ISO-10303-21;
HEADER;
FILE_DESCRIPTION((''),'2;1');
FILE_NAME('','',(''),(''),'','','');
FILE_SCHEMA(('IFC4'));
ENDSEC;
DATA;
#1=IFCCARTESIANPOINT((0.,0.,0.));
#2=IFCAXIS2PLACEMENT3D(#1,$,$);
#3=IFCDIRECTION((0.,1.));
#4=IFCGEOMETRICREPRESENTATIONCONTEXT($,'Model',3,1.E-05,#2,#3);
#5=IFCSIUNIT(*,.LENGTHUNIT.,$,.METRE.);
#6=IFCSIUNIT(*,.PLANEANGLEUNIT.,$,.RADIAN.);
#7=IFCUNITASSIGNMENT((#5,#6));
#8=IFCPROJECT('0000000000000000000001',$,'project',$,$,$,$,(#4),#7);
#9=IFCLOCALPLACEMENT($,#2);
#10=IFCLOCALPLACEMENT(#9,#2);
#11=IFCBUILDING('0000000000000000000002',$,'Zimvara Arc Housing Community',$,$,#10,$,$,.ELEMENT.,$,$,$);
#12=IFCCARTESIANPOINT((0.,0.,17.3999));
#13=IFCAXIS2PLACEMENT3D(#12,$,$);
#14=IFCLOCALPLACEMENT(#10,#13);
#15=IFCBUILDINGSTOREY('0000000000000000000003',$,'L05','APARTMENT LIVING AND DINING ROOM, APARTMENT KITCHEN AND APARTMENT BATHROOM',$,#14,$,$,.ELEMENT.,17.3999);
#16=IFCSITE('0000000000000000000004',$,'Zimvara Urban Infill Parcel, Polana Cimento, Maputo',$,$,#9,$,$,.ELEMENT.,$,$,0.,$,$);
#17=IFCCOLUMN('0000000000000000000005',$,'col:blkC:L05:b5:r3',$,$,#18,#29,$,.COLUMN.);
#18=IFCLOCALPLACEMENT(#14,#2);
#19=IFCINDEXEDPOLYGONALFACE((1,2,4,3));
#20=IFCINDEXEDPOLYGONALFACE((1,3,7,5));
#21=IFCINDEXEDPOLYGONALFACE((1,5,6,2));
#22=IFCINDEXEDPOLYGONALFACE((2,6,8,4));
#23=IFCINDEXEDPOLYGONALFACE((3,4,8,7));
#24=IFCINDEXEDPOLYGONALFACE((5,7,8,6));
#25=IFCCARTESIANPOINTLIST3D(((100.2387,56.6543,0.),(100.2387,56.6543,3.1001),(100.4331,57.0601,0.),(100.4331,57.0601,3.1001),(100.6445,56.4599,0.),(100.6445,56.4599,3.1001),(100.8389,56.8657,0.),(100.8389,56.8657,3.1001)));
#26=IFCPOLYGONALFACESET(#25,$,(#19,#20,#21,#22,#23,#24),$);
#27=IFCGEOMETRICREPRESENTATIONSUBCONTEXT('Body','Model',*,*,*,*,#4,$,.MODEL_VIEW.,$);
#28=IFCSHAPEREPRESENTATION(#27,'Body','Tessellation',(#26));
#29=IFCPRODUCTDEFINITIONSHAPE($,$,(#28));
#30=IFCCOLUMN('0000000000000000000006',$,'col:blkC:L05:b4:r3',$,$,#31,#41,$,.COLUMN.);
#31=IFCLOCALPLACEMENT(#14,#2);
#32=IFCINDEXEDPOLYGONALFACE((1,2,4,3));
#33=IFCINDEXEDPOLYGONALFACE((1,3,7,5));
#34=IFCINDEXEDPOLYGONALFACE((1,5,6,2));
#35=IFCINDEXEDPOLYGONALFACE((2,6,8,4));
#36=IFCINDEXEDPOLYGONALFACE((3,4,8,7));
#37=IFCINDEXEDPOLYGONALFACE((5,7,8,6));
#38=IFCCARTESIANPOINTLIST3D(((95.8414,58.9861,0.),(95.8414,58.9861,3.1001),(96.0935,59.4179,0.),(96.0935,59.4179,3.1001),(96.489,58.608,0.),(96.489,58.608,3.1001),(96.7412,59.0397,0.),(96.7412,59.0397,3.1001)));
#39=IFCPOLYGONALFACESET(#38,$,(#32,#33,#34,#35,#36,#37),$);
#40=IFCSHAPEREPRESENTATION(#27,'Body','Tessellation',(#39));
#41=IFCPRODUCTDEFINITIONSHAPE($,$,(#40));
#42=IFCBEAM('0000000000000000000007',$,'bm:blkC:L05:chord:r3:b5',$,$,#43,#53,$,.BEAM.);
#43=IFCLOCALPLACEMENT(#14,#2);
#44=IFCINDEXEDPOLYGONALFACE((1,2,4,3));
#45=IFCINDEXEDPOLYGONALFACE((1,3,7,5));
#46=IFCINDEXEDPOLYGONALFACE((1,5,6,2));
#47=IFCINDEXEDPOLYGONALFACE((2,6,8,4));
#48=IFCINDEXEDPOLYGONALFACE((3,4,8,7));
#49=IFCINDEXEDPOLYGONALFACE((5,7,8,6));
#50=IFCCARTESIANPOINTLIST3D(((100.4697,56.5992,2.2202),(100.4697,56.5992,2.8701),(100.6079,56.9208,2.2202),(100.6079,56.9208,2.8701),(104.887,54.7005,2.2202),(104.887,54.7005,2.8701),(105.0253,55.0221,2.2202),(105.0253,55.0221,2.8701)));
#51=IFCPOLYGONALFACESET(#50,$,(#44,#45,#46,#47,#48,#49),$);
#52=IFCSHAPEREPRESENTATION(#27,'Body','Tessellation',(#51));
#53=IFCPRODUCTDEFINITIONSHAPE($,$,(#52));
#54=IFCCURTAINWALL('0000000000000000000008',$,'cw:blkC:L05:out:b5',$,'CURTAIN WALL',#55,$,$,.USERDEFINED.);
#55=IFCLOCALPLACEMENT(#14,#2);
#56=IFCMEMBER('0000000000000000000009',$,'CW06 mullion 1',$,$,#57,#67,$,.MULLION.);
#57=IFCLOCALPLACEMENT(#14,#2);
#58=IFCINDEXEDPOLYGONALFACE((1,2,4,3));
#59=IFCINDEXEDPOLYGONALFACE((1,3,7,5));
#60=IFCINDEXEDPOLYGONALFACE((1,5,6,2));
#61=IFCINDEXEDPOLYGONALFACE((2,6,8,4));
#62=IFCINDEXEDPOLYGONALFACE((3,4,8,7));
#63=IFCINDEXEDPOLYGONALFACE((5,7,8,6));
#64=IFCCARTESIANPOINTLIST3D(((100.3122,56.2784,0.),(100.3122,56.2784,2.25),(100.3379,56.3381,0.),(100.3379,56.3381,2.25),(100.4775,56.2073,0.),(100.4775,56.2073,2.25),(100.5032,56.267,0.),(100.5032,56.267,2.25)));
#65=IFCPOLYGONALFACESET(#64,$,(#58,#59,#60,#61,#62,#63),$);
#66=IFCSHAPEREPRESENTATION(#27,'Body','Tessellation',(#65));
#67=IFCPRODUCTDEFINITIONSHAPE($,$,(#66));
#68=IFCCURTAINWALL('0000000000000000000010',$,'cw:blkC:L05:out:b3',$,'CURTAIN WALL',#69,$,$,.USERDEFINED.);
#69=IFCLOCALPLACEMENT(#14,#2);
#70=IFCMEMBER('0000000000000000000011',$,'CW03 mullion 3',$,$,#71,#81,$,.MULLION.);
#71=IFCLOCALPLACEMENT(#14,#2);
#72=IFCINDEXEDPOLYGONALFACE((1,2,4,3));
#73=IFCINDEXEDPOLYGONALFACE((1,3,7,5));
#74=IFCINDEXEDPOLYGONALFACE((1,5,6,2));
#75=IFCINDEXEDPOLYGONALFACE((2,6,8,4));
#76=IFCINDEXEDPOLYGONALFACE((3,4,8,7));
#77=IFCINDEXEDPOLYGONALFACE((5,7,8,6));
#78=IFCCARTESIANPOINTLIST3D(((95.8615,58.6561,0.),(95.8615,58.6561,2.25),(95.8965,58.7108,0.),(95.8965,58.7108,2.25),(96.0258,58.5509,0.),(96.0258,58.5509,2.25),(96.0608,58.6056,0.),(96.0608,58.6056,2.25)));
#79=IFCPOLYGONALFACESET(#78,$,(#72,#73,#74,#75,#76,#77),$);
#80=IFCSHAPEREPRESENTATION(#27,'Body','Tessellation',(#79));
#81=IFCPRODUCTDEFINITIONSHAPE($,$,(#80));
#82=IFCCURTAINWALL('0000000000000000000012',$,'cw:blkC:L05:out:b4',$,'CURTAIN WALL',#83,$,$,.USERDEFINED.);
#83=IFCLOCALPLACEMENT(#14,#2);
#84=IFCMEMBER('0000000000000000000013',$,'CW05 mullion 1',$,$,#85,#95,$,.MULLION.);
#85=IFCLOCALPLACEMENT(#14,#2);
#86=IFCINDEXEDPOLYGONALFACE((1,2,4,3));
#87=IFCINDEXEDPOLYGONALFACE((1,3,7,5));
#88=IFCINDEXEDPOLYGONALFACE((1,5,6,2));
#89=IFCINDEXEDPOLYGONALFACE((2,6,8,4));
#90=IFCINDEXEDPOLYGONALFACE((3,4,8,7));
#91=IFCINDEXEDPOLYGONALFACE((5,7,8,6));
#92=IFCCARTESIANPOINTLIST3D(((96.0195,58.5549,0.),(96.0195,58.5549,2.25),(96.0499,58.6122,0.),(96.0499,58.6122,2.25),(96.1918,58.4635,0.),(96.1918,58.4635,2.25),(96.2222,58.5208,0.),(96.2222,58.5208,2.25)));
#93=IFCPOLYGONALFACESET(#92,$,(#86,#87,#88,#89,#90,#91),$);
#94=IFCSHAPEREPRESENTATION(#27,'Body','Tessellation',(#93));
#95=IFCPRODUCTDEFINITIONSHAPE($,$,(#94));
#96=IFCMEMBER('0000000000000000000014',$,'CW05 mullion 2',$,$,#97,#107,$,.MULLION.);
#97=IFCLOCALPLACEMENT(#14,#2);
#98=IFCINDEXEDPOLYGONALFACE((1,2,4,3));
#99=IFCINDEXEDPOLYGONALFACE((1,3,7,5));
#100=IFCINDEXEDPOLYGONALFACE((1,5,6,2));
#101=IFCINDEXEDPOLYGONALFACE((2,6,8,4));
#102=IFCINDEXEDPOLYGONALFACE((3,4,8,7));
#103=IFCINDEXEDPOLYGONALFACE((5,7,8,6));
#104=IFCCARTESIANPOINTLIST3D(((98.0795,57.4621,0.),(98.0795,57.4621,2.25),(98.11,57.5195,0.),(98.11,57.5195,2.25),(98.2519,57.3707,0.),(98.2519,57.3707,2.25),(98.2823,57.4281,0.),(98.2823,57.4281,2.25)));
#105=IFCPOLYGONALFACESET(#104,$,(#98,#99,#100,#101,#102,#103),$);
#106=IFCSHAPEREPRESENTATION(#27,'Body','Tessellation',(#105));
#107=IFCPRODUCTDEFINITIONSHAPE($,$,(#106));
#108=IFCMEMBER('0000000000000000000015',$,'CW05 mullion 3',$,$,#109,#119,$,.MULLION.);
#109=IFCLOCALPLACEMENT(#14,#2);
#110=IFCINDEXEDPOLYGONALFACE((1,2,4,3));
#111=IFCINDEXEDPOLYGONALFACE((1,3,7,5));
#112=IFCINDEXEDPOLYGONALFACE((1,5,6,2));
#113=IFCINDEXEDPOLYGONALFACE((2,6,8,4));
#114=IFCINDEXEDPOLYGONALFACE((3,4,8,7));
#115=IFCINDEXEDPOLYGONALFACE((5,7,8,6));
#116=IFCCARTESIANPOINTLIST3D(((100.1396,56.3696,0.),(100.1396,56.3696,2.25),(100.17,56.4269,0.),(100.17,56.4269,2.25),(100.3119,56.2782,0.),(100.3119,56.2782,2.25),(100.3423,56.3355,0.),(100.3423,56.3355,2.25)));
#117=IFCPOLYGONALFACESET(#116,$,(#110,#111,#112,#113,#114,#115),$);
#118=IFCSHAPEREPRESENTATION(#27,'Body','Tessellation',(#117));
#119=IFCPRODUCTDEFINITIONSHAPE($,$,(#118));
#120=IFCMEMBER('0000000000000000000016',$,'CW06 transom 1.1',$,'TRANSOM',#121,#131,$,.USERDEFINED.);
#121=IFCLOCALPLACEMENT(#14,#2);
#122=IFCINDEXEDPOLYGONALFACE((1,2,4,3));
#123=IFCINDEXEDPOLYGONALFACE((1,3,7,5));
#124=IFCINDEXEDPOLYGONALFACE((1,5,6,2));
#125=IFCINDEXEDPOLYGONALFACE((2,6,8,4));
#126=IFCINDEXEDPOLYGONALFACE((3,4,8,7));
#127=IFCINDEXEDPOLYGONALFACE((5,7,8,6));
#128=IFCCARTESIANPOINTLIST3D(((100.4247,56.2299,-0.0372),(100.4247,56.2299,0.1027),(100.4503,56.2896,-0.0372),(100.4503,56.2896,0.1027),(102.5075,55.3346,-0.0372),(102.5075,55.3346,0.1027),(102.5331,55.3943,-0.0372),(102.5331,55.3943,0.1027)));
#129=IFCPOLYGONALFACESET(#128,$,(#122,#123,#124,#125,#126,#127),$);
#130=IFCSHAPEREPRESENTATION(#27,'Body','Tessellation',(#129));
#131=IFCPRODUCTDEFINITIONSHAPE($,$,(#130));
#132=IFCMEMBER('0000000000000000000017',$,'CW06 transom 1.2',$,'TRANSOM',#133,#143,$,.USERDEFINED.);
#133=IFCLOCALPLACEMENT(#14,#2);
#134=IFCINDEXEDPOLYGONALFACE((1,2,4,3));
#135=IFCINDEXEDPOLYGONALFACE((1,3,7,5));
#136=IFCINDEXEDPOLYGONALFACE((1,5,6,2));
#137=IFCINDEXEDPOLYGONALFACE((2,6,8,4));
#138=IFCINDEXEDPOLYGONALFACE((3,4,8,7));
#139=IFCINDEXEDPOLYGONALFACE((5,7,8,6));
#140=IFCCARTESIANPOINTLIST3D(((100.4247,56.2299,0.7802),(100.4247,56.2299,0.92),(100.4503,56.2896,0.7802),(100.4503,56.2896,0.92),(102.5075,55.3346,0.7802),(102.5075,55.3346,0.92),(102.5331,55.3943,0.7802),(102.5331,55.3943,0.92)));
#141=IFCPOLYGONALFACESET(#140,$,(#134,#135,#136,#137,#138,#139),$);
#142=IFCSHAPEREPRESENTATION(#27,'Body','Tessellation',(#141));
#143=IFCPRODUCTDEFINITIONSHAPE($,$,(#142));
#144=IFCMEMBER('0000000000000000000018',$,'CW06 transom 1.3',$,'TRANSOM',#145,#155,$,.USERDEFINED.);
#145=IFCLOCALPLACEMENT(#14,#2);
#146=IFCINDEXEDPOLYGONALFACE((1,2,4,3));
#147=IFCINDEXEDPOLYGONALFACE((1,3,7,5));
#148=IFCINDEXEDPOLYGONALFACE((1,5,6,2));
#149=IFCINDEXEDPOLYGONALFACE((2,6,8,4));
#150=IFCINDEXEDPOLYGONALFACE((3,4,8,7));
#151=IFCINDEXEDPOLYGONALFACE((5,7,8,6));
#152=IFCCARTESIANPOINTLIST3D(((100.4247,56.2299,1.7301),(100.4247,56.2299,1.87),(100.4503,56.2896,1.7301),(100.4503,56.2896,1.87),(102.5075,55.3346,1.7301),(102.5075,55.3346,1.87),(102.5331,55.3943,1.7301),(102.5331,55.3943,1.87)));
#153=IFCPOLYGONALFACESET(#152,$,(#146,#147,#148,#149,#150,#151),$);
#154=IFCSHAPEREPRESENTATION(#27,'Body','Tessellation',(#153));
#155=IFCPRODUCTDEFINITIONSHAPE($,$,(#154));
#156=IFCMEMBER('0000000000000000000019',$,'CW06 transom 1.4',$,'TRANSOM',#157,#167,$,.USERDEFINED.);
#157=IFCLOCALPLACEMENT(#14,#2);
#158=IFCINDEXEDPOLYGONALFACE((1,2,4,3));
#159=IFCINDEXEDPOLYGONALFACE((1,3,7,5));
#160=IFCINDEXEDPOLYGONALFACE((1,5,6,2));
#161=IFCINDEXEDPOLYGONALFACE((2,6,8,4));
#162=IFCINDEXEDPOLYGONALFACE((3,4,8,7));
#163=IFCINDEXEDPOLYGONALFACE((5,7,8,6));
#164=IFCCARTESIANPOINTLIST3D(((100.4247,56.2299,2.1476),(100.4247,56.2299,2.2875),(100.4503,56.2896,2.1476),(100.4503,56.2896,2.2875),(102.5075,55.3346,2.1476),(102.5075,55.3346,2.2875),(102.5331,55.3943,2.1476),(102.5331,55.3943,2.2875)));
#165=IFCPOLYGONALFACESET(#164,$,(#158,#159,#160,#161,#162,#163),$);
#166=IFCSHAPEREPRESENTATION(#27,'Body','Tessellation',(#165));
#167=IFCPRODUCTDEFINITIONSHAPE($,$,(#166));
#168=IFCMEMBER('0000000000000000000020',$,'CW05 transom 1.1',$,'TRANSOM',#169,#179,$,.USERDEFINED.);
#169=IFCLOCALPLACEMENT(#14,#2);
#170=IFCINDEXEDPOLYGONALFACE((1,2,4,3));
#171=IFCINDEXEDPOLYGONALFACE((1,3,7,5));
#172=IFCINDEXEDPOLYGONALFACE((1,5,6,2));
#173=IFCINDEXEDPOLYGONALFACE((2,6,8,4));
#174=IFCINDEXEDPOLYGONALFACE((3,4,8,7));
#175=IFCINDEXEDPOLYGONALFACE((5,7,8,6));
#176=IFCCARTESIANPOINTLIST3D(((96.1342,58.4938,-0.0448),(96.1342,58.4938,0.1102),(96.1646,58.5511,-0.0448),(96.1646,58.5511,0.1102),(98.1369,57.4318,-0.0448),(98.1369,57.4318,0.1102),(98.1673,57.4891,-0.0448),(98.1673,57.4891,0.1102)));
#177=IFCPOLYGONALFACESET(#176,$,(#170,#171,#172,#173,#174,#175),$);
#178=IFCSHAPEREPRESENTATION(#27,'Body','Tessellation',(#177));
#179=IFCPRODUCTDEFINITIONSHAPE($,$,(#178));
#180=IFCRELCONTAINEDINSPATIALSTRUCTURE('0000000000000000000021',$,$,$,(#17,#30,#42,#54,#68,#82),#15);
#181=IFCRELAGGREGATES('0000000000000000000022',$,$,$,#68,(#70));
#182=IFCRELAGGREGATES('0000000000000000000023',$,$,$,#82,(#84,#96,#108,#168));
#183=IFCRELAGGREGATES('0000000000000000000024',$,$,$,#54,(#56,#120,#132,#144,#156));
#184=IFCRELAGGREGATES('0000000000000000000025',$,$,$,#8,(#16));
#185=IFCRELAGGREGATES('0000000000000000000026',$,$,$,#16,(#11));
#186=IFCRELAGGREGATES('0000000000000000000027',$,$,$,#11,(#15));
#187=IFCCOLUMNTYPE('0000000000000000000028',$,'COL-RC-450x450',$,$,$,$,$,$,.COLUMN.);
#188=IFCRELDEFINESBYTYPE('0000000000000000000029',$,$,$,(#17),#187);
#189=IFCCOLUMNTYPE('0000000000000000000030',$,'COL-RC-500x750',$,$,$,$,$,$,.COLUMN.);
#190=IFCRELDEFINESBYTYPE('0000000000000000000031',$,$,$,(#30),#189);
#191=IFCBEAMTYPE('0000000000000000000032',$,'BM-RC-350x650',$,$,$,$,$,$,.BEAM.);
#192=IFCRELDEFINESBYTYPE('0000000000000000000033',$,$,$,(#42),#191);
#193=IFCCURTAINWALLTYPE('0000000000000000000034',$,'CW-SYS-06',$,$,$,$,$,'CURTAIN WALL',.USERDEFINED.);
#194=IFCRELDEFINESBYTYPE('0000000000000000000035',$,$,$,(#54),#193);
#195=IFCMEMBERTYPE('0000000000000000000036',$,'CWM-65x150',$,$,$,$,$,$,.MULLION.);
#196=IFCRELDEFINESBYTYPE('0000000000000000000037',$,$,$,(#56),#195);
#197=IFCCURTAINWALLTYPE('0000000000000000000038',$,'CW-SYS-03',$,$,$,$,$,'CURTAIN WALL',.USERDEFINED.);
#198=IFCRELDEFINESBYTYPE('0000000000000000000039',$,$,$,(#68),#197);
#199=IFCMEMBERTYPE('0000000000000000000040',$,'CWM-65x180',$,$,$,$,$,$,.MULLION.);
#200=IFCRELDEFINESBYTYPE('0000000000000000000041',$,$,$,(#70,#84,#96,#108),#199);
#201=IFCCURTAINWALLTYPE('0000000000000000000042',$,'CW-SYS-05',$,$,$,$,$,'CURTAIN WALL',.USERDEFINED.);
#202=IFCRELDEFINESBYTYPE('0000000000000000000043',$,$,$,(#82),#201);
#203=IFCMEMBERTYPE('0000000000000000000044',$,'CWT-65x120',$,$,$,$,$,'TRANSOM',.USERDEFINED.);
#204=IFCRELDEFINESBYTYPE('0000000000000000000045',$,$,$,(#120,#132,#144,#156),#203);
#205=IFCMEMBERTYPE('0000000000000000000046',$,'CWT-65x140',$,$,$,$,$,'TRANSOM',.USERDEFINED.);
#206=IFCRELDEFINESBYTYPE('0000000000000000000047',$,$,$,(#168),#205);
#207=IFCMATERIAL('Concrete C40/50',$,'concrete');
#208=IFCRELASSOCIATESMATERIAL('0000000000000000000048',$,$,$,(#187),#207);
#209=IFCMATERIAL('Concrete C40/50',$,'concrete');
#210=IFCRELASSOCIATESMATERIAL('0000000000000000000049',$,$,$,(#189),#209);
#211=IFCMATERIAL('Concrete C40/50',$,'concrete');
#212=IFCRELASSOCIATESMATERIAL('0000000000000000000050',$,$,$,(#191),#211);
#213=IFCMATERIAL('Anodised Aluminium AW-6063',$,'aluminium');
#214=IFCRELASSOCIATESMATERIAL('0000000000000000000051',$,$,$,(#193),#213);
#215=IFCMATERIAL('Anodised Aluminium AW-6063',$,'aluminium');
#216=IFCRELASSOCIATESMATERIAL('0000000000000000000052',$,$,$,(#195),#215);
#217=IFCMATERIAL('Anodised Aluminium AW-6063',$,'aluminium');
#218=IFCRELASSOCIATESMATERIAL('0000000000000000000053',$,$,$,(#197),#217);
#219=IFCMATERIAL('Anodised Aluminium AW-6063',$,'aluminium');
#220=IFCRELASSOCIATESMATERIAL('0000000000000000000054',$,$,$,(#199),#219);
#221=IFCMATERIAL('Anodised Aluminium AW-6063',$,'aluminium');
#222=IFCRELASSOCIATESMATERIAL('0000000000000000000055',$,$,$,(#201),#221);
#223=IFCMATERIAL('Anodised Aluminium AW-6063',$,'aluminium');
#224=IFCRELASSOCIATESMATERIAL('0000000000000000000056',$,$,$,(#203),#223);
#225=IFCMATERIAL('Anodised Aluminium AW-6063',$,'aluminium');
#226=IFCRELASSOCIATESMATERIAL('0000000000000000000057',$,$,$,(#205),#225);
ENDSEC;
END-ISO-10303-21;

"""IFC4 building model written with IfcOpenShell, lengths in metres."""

from ifc_helpers import new_model, si_unit, direction, frame, origin, origin_2d, place, context, subcontext, project, spatial, rectangle, extrude, material, material_profile, profile_set, type_object, element, aggregate, save


model = new_model("IFC4")

# Units and contexts
model_context = context("Model", 3, precision=1e-05, world=origin(), true_north=direction((0.0, 1.0)))
body_context = subcontext(model_context, "Body", "Model", "MODEL_VIEW")
ifc_project = project(units=[si_unit("LENGTHUNIT", "METRE"), si_unit("PLANEANGLEUNIT", "RADIAN")], contexts=[model_context])

# Site, building, storey
site_placement = place(None, origin())
site = spatial("IfcSite", under=ifc_project, at=site_placement, Name="Zimvara Urban Infill Parcel, Polana Cimento, Maputo", CompositionType="ELEMENT", RefElevation=0.0)
building_placement = place(site_placement, origin())
building = spatial("IfcBuilding", under=site, at=building_placement, Name="Zimvara Arc Housing Community", CompositionType="ELEMENT")
storey_placement = place(building_placement, frame((0.0, 0.0, 17.3999)))
storey = spatial("IfcBuildingStorey", under=building, at=storey_placement, Name="L05", Description="APARTMENT LIVING AND DINING ROOM, APARTMENT KITCHEN AND APARTMENT BATHROOM", CompositionType="ELEMENT", Elevation=17.3999)

# Columns
ifc_material_1 = material(Name="Concrete C40/50", Category="concrete")
ifc_material_profile_1 = material_profile(ifc_material_1, rectangle(XDim=0.45, YDim=0.45, at=origin_2d()), Name="RC 450x450")
ifc_profile_set_1 = profile_set([ifc_material_profile_1], Name="Concrete C40/50")
column_type_1 = type_object("IfcColumnType", Name="COL-RC-450x450", PredefinedType="COLUMN", material=ifc_profile_set_1)
column_1_placement = place(storey_placement, frame((100.5388, 56.76, 0.0), z_axis=(0.0, 0.0, 1.0), x_axis=(-0.432086, -0.901833, 0.0)))
element("IfcColumn", 1, at=column_1_placement, inside=storey, type_object=column_type_1, Name="col:blkC:L05:b5:r3", PredefinedType="COLUMN", context=body_context, shape_type="SweptSolid", body=[
    extrude(rectangle(XDim=0.45, YDim=0.45, at=origin_2d()), origin(), (0.0, 0.0, 1.0), 3.1001),
])
ifc_material_2 = material(Name="Concrete C40/50", Category="concrete")
ifc_material_profile_2 = material_profile(ifc_material_2, rectangle(XDim=0.5, YDim=0.75, at=origin_2d()), Name="RC 500x750")
ifc_profile_set_2 = profile_set([ifc_material_profile_2], Name="Concrete C40/50")
column_type_2 = type_object("IfcColumnType", Name="COL-RC-500x750", PredefinedType="COLUMN", material=ifc_profile_set_2)
column_2_placement = place(storey_placement, frame((96.2913, 59.0129, 0.0), z_axis=(0.0, 0.0, 1.0), x_axis=(-0.504226, -0.863572, 0.0)))
element("IfcColumn", 2, at=column_2_placement, inside=storey, type_object=column_type_2, Name="col:blkC:L05:b4:r3", PredefinedType="COLUMN", context=body_context, shape_type="SweptSolid", body=[
    extrude(rectangle(XDim=0.5, YDim=0.75, at=origin_2d()), origin(), (0.0, 0.0, 1.0), 3.1001),
])

# Beam
ifc_material_3 = material(Name="Concrete C40/50", Category="concrete")
ifc_material_profile_3 = material_profile(ifc_material_3, rectangle(XDim=0.3501, YDim=0.6499, at=origin_2d()), Name="RC 350x650")
ifc_profile_set_3 = profile_set([ifc_material_profile_3], Name="Concrete C40/50")
beam_type = type_object("IfcBeamType", Name="BM-RC-350x650", PredefinedType="BEAM", material=ifc_profile_set_3)
beam_placement = place(storey_placement, frame((100.5388, 56.76, 2.5452), z_axis=(0.918724, -0.3949, 0.0), x_axis=(0.3949, 0.918724, 0.0)))
element("IfcBeam", 3, at=beam_placement, inside=storey, type_object=beam_type, Name="bm:blkC:L05:chord:r3:b5", PredefinedType="BEAM", context=body_context, shape_type="SweptSolid", body=[
    extrude(rectangle(XDim=0.3501, YDim=0.6499, at=origin_2d()), origin(), (0.0, 0.0, 1.0), 4.8081),
])

# Curtain walls, members
ifc_material_4 = material(Name="Anodised Aluminium AW-6063", Category="aluminium")
curtain_wall_type_1 = type_object("IfcCurtainWallType", Name="CW-SYS-06", ElementType="CURTAIN WALL", PredefinedType="USERDEFINED", material=ifc_material_4)
curtain_wall_1_placement = place(storey_placement, origin())
curtain_wall_1 = element("IfcCurtainWall", 4, at=curtain_wall_1_placement, inside=storey, type_object=curtain_wall_type_1, Name="cw:blkC:L05:out:b5", ObjectType="CURTAIN WALL", PredefinedType="USERDEFINED")
ifc_material_5 = material(Name="Anodised Aluminium AW-6063", Category="aluminium")
ifc_material_profile_4 = material_profile(ifc_material_5, rectangle(XDim=0.0649, YDim=0.1799, at=origin_2d()), Name="ALU 65x180")
ifc_profile_set_4 = profile_set([ifc_material_profile_4], Name="Anodised Aluminium AW-6063")
member_type_1 = type_object("IfcMemberType", Name="CWM-65x150", PredefinedType="MULLION", material=ifc_profile_set_4)
member_1_placement = place(storey_placement, frame((100.4077, 56.2727, 0.0), z_axis=(0.0, 0.0, 1.0), x_axis=(0.394904, 0.918722, 0.0)))
member_1 = element("IfcMember", 5, at=member_1_placement, type_object=member_type_1, Name="CW06 mullion 1", PredefinedType="MULLION", context=body_context, shape_type="SweptSolid", body=[
    extrude(rectangle(XDim=0.0649, YDim=0.1799, at=origin_2d()), origin(), (0.0, 0.0, 1.0), 2.25),
])
ifc_material_6 = material(Name="Anodised Aluminium AW-6063", Category="aluminium")
curtain_wall_type_2 = type_object("IfcCurtainWallType", Name="CW-SYS-03", ElementType="CURTAIN WALL", PredefinedType="USERDEFINED", material=ifc_material_6)
curtain_wall_2_placement = place(storey_placement, origin())
curtain_wall_2 = element("IfcCurtainWall", 6, at=curtain_wall_2_placement, inside=storey, type_object=curtain_wall_type_2, Name="cw:blkC:L05:out:b3", ObjectType="CURTAIN WALL", PredefinedType="USERDEFINED")
ifc_material_7 = material(Name="Anodised Aluminium AW-6063", Category="aluminium")
ifc_material_profile_5 = material_profile(ifc_material_7, rectangle(XDim=0.0649, YDim=0.1951, at=origin_2d()), Name="ALU 65x195")
ifc_profile_set_5 = profile_set([ifc_material_profile_5], Name="Anodised Aluminium AW-6063")
member_type_2 = type_object("IfcMemberType", Name="CWM-65x180", PredefinedType="MULLION", material=ifc_profile_set_5)
member_2_placement = place(storey_placement, frame((95.9612, 58.6309, 0.0), z_axis=(0.0, 0.0, 1.0), x_axis=(0.539065, 0.842264, 0.0)))
member_2 = element("IfcMember", 7, at=member_2_placement, type_object=member_type_2, Name="CW03 mullion 3", PredefinedType="MULLION", context=body_context, shape_type="SweptSolid", body=[
    extrude(rectangle(XDim=0.0649, YDim=0.1951, at=origin_2d()), origin(), (0.0, 0.0, 1.0), 2.25),
])
aggregate(curtain_wall_2, [member_2])

# Curtain wall, members
ifc_material_8 = material(Name="Anodised Aluminium AW-6063", Category="aluminium")
curtain_wall_type_3 = type_object("IfcCurtainWallType", Name="CW-SYS-05", ElementType="CURTAIN WALL", PredefinedType="USERDEFINED", material=ifc_material_8)
curtain_wall_3_placement = place(storey_placement, origin())
curtain_wall_3 = element("IfcCurtainWall", 8, at=curtain_wall_3_placement, inside=storey, type_object=curtain_wall_type_3, Name="cw:blkC:L05:out:b4", ObjectType="CURTAIN WALL", PredefinedType="USERDEFINED")
member_3_placement = place(storey_placement, frame((96.1208, 58.5378, 0.0), z_axis=(0.0, 0.0, 1.0), x_axis=(0.468547, 0.883439, 0.0)))
member_3 = element("IfcMember", 9, at=member_3_placement, type_object=member_type_2, Name="CW05 mullion 1", PredefinedType="MULLION", context=body_context, shape_type="SweptSolid", body=[
    extrude(rectangle(XDim=0.0649, YDim=0.1951, at=origin_2d()), origin(), (0.0, 0.0, 1.0), 2.25),
])
member_4_placement = place(storey_placement, frame((98.1809, 57.4451, 0.0), z_axis=(0.0, 0.0, 1.0), x_axis=(0.468547, 0.883439, 0.0)))
member_4 = element("IfcMember", 10, at=member_4_placement, type_object=member_type_2, Name="CW05 mullion 2", PredefinedType="MULLION", context=body_context, shape_type="SweptSolid", body=[
    extrude(rectangle(XDim=0.0649, YDim=0.1951, at=origin_2d()), origin(), (0.0, 0.0, 1.0), 2.25),
])
member_5_placement = place(storey_placement, frame((100.241, 56.3525, 0.0), z_axis=(0.0, 0.0, 1.0), x_axis=(0.468547, 0.883439, 0.0)))
member_5 = element("IfcMember", 11, at=member_5_placement, type_object=member_type_2, Name="CW05 mullion 3", PredefinedType="MULLION", context=body_context, shape_type="SweptSolid", body=[
    extrude(rectangle(XDim=0.0649, YDim=0.1951, at=origin_2d()), origin(), (0.0, 0.0, 1.0), 2.25),
])

# Members
ifc_material_9 = material(Name="Anodised Aluminium AW-6063", Category="aluminium")
ifc_material_profile_6 = material_profile(ifc_material_9, rectangle(XDim=0.0649, YDim=0.1399, at=origin_2d()), Name="ALU 65x140")
ifc_profile_set_6 = profile_set([ifc_material_profile_6], Name="Anodised Aluminium AW-6063")
member_type_3 = type_object("IfcMemberType", Name="CWT-65x120", ElementType="TRANSOM", PredefinedType="USERDEFINED", material=ifc_profile_set_6)
member_6_placement = place(storey_placement, frame((100.4375, 56.2598, 0.0327), z_axis=(0.918721, -0.394907, 0.0), x_axis=(0.394907, 0.918721, 0.0)))
member_6 = element("IfcMember", 12, at=member_6_placement, type_object=member_type_3, Name="CW06 transom 1.1", ObjectType="TRANSOM", PredefinedType="USERDEFINED", context=body_context, shape_type="SweptSolid", body=[
    extrude(rectangle(XDim=0.0649, YDim=0.1399, at=origin_2d()), origin(), (0.0, 0.0, 1.0), 2.2671),
])
member_7_placement = place(storey_placement, frame((100.4375, 56.2598, 0.8501), z_axis=(0.918721, -0.394907, 0.0), x_axis=(0.394907, 0.918721, 0.0)))
member_7 = element("IfcMember", 13, at=member_7_placement, type_object=member_type_3, Name="CW06 transom 1.2", ObjectType="TRANSOM", PredefinedType="USERDEFINED", context=body_context, shape_type="SweptSolid", body=[
    extrude(rectangle(XDim=0.0649, YDim=0.1399, at=origin_2d()), origin(), (0.0, 0.0, 1.0), 2.2671),
])
member_8_placement = place(storey_placement, frame((100.4375, 56.2598, 1.8), z_axis=(0.918721, -0.394907, 0.0), x_axis=(0.394907, 0.918721, 0.0)))
member_8 = element("IfcMember", 14, at=member_8_placement, type_object=member_type_3, Name="CW06 transom 1.3", ObjectType="TRANSOM", PredefinedType="USERDEFINED", context=body_context, shape_type="SweptSolid", body=[
    extrude(rectangle(XDim=0.0649, YDim=0.1399, at=origin_2d()), origin(), (0.0, 0.0, 1.0), 2.2671),
])
member_9_placement = place(storey_placement, frame((100.4375, 56.2598, 2.2175), z_axis=(0.918721, -0.394907, 0.0), x_axis=(0.394907, 0.918721, 0.0)))
member_9 = element("IfcMember", 15, at=member_9_placement, type_object=member_type_3, Name="CW06 transom 1.4", ObjectType="TRANSOM", PredefinedType="USERDEFINED", context=body_context, shape_type="SweptSolid", body=[
    extrude(rectangle(XDim=0.0649, YDim=0.1399, at=origin_2d()), origin(), (0.0, 0.0, 1.0), 2.2671),
])
ifc_material_10 = material(Name="Anodised Aluminium AW-6063", Category="aluminium")
ifc_material_profile_7 = material_profile(ifc_material_10, rectangle(XDim=0.0649, YDim=0.155, at=origin_2d()), Name="ALU 65x155")
ifc_profile_set_7 = profile_set([ifc_material_profile_7], Name="Anodised Aluminium AW-6063")
member_type_4 = type_object("IfcMemberType", Name="CWT-65x140", ElementType="TRANSOM", PredefinedType="USERDEFINED", material=ifc_profile_set_7)
member_10_placement = place(storey_placement, frame((96.1494, 58.5225, 0.0327), z_axis=(0.883465, -0.468496, 0.0), x_axis=(0.468496, 0.883465, 0.0)))
member_10 = element("IfcMember", 16, at=member_10_placement, type_object=member_type_4, Name="CW05 transom 1.1", ObjectType="TRANSOM", PredefinedType="USERDEFINED", context=body_context, shape_type="SweptSolid", body=[
    extrude(rectangle(XDim=0.0649, YDim=0.155, at=origin_2d()), origin(), (0.0, 0.0, 1.0), 2.2668),
])

aggregate(curtain_wall_3, [member_3, member_4, member_5, member_10])
aggregate(curtain_wall_1, [member_1, member_6, member_7, member_8, member_9])

save(model, "model.ifc")
